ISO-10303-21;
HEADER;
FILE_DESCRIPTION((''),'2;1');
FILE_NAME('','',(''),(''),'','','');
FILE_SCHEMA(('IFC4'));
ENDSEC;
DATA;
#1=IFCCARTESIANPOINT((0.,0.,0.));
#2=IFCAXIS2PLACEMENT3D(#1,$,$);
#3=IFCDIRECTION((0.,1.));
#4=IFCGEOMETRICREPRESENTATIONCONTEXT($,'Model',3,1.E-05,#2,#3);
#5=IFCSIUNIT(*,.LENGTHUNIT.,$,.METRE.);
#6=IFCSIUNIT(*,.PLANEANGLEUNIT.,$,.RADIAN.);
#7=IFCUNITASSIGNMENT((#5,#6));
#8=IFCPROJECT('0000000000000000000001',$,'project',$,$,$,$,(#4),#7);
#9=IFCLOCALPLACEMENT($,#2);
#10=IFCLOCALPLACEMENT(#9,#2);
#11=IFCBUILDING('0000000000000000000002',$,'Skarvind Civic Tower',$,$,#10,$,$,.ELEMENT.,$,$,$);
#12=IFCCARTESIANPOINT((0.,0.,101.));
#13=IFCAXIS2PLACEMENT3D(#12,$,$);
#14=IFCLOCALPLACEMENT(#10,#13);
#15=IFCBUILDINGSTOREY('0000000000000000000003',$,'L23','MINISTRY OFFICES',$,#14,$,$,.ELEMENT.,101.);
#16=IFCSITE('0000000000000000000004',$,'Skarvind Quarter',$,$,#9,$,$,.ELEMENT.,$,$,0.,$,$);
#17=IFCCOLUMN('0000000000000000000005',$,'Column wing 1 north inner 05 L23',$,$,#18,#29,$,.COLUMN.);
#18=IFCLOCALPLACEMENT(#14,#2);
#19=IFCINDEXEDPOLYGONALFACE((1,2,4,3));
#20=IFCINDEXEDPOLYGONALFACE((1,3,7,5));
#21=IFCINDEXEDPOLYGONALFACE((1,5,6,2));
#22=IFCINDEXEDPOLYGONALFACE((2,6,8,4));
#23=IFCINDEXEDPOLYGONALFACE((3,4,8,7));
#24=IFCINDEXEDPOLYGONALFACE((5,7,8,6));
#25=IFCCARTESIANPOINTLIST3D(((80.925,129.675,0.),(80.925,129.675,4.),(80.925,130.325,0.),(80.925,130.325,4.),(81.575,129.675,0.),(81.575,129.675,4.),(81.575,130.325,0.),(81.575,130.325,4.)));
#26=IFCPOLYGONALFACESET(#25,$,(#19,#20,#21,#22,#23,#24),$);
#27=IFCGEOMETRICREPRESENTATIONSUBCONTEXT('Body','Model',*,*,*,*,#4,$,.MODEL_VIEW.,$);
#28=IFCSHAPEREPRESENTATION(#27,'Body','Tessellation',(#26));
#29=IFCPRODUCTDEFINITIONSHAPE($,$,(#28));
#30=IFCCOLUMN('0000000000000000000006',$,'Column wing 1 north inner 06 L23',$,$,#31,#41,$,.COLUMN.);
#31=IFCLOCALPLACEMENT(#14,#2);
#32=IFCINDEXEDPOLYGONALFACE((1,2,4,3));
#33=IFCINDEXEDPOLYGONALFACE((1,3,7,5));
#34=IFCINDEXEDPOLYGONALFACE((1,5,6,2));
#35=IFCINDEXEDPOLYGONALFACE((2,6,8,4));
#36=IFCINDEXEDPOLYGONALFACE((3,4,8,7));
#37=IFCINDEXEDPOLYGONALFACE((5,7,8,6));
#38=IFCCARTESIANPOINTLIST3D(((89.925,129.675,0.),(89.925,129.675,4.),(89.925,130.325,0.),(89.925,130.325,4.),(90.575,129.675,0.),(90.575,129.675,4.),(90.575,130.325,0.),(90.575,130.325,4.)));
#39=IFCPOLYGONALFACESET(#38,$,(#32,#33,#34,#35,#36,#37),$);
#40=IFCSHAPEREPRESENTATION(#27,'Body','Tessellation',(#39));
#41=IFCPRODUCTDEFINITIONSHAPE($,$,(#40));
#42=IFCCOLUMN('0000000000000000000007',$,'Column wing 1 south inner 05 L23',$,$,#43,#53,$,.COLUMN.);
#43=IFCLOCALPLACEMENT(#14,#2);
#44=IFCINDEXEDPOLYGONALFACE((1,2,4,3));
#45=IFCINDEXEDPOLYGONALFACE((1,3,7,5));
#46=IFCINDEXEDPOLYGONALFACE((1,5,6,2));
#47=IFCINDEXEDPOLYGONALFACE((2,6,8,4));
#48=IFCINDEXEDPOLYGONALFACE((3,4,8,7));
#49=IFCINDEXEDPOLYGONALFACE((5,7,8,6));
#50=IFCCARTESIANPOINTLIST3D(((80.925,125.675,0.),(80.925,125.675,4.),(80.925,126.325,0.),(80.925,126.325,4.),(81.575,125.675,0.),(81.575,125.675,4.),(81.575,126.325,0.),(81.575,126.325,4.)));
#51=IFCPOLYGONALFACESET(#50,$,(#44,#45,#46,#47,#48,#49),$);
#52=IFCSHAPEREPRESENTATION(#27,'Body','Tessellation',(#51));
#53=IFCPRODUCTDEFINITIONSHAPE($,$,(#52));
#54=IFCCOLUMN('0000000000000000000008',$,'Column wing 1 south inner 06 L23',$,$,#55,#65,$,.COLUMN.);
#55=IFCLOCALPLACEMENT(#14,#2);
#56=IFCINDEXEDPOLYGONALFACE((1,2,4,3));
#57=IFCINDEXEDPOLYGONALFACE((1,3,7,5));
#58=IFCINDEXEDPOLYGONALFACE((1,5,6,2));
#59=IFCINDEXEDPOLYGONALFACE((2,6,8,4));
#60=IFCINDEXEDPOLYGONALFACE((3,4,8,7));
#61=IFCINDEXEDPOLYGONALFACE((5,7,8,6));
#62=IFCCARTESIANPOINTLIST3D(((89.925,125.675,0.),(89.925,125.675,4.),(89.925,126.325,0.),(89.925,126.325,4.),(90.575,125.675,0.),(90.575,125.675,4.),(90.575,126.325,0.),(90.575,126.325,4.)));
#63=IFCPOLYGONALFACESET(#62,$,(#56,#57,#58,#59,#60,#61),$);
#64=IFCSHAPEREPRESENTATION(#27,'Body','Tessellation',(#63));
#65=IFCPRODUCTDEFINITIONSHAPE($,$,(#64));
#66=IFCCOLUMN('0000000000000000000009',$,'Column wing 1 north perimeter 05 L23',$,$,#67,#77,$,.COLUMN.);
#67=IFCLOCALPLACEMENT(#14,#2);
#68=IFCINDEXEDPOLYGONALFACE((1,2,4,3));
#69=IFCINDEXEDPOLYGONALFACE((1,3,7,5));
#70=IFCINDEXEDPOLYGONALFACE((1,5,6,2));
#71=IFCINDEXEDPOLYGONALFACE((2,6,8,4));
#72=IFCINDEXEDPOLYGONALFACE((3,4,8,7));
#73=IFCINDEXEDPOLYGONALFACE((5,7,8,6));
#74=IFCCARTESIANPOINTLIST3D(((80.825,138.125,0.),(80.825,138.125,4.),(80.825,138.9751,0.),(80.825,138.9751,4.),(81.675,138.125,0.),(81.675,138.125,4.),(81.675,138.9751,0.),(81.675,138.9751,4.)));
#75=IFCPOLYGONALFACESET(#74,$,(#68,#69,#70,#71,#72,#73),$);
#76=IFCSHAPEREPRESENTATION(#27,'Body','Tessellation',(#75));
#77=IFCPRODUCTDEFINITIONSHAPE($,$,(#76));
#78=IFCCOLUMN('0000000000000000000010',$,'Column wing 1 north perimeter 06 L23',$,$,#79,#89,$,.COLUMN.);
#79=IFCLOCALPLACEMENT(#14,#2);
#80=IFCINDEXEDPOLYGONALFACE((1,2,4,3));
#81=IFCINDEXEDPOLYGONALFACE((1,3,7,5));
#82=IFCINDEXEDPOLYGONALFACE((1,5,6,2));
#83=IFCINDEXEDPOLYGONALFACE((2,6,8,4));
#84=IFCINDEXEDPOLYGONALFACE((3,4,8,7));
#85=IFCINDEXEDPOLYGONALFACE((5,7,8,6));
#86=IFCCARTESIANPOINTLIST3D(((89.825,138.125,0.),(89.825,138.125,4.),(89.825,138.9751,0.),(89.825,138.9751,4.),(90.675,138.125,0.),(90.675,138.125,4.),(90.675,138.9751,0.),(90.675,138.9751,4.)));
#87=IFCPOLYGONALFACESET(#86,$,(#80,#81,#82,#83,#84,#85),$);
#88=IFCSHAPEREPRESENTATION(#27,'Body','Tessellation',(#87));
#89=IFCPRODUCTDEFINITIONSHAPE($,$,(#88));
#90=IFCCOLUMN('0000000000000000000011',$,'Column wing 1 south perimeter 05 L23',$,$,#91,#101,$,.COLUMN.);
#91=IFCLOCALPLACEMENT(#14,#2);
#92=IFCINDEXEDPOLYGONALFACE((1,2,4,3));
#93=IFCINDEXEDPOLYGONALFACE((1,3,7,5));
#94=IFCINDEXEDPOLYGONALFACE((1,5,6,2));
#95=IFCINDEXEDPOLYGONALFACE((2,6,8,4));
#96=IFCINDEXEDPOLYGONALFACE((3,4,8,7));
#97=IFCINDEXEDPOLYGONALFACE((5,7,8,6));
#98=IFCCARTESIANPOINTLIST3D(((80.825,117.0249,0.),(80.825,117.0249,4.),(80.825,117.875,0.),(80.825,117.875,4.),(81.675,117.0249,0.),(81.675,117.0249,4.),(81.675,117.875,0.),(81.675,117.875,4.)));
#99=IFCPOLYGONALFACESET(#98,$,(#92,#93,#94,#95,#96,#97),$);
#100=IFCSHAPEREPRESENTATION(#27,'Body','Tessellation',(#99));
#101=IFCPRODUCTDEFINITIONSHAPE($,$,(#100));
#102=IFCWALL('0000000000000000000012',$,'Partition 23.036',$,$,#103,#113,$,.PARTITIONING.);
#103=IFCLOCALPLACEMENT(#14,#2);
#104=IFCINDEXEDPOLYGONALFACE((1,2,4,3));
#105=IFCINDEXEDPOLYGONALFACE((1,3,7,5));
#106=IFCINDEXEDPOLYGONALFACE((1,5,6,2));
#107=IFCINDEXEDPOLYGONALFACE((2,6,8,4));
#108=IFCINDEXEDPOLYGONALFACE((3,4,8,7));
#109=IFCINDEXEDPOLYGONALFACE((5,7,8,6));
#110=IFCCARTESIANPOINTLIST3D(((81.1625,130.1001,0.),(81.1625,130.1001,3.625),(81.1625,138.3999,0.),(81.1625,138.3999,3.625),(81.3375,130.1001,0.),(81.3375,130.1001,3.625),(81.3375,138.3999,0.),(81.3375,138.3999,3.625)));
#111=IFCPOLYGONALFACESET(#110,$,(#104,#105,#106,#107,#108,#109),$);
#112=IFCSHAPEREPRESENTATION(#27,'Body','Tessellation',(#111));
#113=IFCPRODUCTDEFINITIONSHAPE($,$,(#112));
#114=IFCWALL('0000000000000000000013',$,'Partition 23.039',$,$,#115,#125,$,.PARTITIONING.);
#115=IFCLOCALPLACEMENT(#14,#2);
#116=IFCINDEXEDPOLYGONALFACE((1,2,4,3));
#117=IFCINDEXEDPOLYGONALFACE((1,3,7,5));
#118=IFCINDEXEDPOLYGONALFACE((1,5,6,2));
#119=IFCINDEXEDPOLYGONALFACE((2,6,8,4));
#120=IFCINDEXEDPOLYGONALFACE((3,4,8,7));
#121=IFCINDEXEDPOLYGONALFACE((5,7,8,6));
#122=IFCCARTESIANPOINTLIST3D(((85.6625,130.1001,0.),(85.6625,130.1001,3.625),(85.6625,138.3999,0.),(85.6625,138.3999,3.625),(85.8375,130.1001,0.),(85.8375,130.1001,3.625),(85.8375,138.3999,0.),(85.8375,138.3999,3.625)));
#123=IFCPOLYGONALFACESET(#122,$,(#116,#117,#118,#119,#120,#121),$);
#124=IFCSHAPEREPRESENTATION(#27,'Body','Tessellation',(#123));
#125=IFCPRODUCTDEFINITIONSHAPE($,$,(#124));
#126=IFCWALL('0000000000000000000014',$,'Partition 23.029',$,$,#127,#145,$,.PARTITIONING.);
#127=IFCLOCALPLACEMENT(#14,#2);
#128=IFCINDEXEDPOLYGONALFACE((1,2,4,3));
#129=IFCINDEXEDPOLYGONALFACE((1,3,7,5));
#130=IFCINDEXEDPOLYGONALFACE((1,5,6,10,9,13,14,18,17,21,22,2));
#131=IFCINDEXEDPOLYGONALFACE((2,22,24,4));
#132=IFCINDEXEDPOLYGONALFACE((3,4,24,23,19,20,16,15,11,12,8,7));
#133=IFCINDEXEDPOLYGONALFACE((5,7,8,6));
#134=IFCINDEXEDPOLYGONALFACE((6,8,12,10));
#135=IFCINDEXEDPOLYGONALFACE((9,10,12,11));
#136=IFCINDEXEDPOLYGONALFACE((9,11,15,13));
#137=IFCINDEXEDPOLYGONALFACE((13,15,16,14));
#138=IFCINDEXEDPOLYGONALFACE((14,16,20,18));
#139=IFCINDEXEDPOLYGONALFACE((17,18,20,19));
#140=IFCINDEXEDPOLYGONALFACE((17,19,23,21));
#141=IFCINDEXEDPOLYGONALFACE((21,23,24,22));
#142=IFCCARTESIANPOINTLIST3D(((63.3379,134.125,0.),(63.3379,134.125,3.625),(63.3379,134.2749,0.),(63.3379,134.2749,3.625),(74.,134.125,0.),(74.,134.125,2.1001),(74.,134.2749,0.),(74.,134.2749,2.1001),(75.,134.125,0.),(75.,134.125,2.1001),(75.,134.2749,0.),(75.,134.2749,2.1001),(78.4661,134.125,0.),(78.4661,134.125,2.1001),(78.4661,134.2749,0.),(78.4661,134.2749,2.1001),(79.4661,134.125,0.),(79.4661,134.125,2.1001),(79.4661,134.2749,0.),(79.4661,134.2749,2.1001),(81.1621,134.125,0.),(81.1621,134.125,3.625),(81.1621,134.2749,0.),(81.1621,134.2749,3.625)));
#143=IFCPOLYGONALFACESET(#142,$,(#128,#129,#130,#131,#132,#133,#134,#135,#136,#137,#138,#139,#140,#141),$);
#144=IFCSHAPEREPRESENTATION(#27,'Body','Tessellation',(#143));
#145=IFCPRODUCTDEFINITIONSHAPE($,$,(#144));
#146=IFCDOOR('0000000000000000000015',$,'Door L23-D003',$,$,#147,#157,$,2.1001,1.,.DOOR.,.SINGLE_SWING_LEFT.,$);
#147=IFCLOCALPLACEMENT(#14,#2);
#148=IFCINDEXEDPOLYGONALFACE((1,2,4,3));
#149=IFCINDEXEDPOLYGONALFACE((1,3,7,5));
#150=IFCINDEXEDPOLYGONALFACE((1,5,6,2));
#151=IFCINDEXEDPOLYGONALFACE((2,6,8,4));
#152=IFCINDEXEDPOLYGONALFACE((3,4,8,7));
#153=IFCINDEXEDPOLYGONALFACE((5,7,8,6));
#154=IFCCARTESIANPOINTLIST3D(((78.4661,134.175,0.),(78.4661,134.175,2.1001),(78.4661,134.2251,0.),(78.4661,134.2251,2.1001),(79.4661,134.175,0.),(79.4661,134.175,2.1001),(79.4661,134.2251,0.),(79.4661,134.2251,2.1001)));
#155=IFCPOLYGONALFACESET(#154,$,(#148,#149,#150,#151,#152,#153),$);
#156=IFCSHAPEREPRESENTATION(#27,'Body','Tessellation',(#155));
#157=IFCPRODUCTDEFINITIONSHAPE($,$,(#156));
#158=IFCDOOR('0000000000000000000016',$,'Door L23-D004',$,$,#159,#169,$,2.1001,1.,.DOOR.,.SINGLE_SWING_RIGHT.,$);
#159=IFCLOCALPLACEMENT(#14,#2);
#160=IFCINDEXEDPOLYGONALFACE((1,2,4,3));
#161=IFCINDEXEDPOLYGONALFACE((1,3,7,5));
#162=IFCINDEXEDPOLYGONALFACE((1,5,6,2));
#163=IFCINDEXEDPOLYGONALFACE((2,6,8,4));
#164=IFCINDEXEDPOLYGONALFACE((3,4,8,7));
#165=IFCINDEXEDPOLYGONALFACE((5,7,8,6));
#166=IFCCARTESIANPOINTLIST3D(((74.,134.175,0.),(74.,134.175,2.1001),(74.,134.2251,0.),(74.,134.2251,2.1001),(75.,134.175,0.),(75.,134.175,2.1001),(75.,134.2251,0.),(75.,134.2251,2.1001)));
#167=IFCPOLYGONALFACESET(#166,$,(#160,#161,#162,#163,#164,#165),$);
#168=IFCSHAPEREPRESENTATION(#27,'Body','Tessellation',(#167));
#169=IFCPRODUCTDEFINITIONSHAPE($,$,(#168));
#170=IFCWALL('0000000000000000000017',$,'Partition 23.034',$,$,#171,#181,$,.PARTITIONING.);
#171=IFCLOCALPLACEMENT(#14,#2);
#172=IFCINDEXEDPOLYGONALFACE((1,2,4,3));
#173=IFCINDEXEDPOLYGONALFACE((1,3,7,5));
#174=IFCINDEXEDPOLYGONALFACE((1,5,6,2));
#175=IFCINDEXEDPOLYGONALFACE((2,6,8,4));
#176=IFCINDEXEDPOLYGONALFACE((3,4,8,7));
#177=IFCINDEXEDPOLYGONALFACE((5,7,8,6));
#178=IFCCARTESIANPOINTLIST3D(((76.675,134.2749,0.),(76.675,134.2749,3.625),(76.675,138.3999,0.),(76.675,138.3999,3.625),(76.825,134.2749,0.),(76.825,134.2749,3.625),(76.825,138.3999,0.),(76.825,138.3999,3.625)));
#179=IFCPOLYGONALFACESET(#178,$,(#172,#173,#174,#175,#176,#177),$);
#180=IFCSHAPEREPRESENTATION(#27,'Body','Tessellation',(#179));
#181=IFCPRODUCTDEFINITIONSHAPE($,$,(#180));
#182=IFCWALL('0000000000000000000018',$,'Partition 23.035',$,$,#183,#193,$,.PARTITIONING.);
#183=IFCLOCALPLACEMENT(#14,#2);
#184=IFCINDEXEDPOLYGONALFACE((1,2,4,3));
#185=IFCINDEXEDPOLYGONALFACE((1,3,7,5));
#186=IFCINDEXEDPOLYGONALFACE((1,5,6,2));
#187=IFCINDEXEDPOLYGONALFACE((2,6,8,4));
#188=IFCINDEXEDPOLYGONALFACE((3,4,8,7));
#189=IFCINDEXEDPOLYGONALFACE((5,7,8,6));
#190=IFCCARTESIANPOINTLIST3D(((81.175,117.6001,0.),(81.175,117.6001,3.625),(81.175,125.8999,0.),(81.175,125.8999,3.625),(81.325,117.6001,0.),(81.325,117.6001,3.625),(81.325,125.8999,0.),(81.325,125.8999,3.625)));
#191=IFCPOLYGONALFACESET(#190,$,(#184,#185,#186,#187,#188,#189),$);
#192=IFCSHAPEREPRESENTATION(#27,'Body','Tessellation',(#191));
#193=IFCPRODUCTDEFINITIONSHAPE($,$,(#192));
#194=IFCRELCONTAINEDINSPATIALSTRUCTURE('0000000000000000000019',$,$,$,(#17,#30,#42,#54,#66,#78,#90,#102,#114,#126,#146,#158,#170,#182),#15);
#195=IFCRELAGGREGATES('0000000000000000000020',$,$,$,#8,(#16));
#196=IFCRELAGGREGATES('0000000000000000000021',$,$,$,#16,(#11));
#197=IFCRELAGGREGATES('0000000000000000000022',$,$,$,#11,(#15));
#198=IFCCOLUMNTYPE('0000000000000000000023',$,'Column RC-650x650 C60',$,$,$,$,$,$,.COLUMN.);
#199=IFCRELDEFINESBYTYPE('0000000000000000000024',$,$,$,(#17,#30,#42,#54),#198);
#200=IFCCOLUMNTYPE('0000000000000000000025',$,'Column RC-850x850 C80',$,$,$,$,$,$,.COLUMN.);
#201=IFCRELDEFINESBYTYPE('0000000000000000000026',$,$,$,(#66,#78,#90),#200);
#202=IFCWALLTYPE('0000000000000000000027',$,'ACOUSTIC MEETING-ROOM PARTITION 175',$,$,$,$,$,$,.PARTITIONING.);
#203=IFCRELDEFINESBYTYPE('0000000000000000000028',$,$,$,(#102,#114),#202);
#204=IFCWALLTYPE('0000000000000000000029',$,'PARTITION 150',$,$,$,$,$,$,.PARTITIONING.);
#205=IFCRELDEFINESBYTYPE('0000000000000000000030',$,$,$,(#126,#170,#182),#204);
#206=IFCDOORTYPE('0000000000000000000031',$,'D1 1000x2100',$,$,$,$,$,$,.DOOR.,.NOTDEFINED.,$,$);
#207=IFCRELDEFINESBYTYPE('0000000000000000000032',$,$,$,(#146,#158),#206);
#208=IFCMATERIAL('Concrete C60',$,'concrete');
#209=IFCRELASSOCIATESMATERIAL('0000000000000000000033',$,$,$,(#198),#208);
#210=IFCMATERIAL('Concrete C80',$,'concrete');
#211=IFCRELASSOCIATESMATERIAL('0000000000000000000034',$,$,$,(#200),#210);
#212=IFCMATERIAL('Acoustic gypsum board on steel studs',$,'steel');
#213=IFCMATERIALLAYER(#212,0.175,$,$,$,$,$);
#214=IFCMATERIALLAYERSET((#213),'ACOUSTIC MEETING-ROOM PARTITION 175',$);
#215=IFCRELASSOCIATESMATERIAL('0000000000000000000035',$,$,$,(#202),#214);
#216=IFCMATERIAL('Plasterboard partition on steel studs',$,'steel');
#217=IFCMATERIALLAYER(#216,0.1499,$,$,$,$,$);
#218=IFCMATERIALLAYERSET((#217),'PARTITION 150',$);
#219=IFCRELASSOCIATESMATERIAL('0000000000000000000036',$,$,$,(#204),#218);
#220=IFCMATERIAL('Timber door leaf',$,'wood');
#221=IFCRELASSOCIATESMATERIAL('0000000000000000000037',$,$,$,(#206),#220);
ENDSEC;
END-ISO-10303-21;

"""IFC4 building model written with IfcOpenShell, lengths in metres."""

from ifc_helpers import new_model, si_unit, direction, frame, frame_2d, origin, origin_2d, place, context, subcontext, project, spatial, rectangle, extrude, material, layer, layer_set, material_profile, profile_set, type_object, element, fill, save


model = new_model("IFC4")

# Units and contexts
model_context = context("Model", 3, precision=1e-05, world=origin(), true_north=direction((0.0, 1.0)))
body_context = subcontext(model_context, "Body", "Model", "MODEL_VIEW")
ifc_project = project(units=[si_unit("LENGTHUNIT", "METRE"), si_unit("PLANEANGLEUNIT", "RADIAN")], contexts=[model_context])

# Site, building, storey
site_placement = place(None, origin())
site = spatial("IfcSite", under=ifc_project, at=site_placement, Name="Skarvind Quarter", CompositionType="ELEMENT", RefElevation=0.0)
building_placement = place(site_placement, origin())
building = spatial("IfcBuilding", under=site, at=building_placement, Name="Skarvind Civic Tower", CompositionType="ELEMENT")
storey_placement = place(building_placement, frame((0.0, 0.0, 101.0)))
storey = spatial("IfcBuildingStorey", under=building, at=storey_placement, Name="L23", Description="MINISTRY OFFICES", CompositionType="ELEMENT", Elevation=101.0)

# Columns
ifc_material_1 = material(Name="Concrete C60", Category="concrete")
ifc_material_profile_1 = material_profile(ifc_material_1, rectangle(XDim=0.6499, YDim=0.6499, at=origin_2d()), Name="RC-650x650")
ifc_profile_set_1 = profile_set([ifc_material_profile_1], Name="Concrete C60")
column_type_1 = type_object("IfcColumnType", Name="Column RC-650x650 C60", PredefinedType="COLUMN", material=ifc_profile_set_1)
for number, where, z_axis, x_axis, name in (
    (1, (81.25, 130.0, 0.0), (0.0, 0.0, 1.0), (1.0, 0.0, 0.0), "Column wing 1 north inner 05 L23"),
    (2, (90.25, 130.0, 0.0), (0.0, 0.0, 1.0), (1.0, 0.0, 0.0), "Column wing 1 north inner 06 L23"),
    (3, (81.25, 126.0, 0.0), (0.0, 0.0, 1.0), (1.0, 0.0, 0.0), "Column wing 1 south inner 05 L23"),
    (4, (90.25, 126.0, 0.0), (0.0, 0.0, 1.0), (1.0, 0.0, 0.0), "Column wing 1 south inner 06 L23"),
):
    element("IfcColumn", number, at=place(storey_placement, frame(where, z_axis=z_axis, x_axis=x_axis)), inside=storey, type_object=column_type_1, Name=name, PredefinedType="COLUMN", context=body_context, shape_type="SweptSolid", body=[
        extrude(rectangle(XDim=0.6499, YDim=0.6499, at=origin_2d()), origin(), (0.0, 0.0, 1.0), 4.0),
    ])
ifc_material_2 = material(Name="Concrete C80", Category="concrete")
ifc_material_profile_2 = material_profile(ifc_material_2, rectangle(XDim=0.8501, YDim=0.8501, at=origin_2d()), Name="RC-850x850")
ifc_profile_set_2 = profile_set([ifc_material_profile_2], Name="Concrete C80")
column_type_2 = type_object("IfcColumnType", Name="Column RC-850x850 C80", PredefinedType="COLUMN", material=ifc_profile_set_2)
for number, where, z_axis, x_axis, name in (
    (5, (81.25, 138.55, 0.0), (0.0, 0.0, 1.0), (1.0, 0.0, 0.0), "Column wing 1 north perimeter 05 L23"),
    (6, (90.25, 138.55, 0.0), (0.0, 0.0, 1.0), (1.0, 0.0, 0.0), "Column wing 1 north perimeter 06 L23"),
    (7, (81.25, 117.45, 0.0), (0.0, 0.0, 1.0), (1.0, 0.0, 0.0), "Column wing 1 south perimeter 05 L23"),
):
    element("IfcColumn", number, at=place(storey_placement, frame(where, z_axis=z_axis, x_axis=x_axis)), inside=storey, type_object=column_type_2, Name=name, PredefinedType="COLUMN", context=body_context, shape_type="SweptSolid", body=[
        extrude(rectangle(XDim=0.8501, YDim=0.8501, at=origin_2d()), origin(), (0.0, 0.0, 1.0), 4.0),
    ])

# Walls
ifc_material_3 = material(Name="Acoustic gypsum board on steel studs", Category="steel")
ifc_layer_1 = layer(ifc_material_3, 0.175)
ifc_layer_set_1 = layer_set([ifc_layer_1], Name="ACOUSTIC MEETING-ROOM PARTITION 175")
wall_type_1 = type_object("IfcWallType", Name="ACOUSTIC MEETING-ROOM PARTITION 175", PredefinedType="PARTITIONING", material=ifc_layer_set_1)
for number, where, z_axis, x_axis, name in (
    (8, (81.25, 130.1001, 0.0), (0.0, 0.0, 1.0), (0.0, 1.0, 0.0), "Partition 23.036"),
    (9, (85.75, 130.1001, 0.0), (0.0, 0.0, 1.0), (0.0, 1.0, 0.0), "Partition 23.039"),
):
    element("IfcWall", number, at=place(storey_placement, frame(where, z_axis=z_axis, x_axis=x_axis)), inside=storey, type_object=wall_type_1, Name=name, PredefinedType="PARTITIONING", context=body_context, shape_type="SweptSolid", body=[
        extrude(rectangle(XDim=8.2998, YDim=0.175, at=frame_2d((4.1499, 0.0))), origin(), (0.0, 0.0, 1.0), 3.625),
    ])

# Wall, openings, doors
ifc_material_4 = material(Name="Plasterboard partition on steel studs", Category="steel")
ifc_layer_2 = layer(ifc_material_4, 0.1499)
ifc_layer_set_2 = layer_set([ifc_layer_2], Name="PARTITION 150")
wall_type_2 = type_object("IfcWallType", Name="PARTITION 150", PredefinedType="PARTITIONING", material=ifc_layer_set_2)
wall_1_placement = place(storey_placement, frame((81.1621, 134.2, 0.0), z_axis=(0.0, 0.0, 1.0), x_axis=(-1.0, 0.0, 0.0)))
wall_1 = element("IfcWall", 10, at=wall_1_placement, inside=storey, type_object=wall_type_2, Name="Partition 23.029", PredefinedType="PARTITIONING", context=body_context, shape_type="SweptSolid", body=[
    extrude(rectangle(XDim=17.8242, YDim=0.1499, at=frame_2d((8.9121, 0.0))), origin(), (0.0, 0.0, 1.0), 3.625),
])
opening_1_placement = place(wall_1_placement, frame((1.696, 0.0, 0.0)))
opening_1 = element("IfcOpeningElement", 11, at=opening_1_placement, cuts=wall_1, PredefinedType="OPENING", context=body_context, shape_type="SweptSolid", body=[
    extrude(rectangle(XDim=1.0, YDim=2.1001, at=frame_2d((0.5, 1.05))), frame((0.0, 0.085, 0.0), z_axis=(0.0, -1.0, 0.0), x_axis=(1.0, 0.0, 0.0)), (0.0, 0.0, 1.0), 0.1699),
])
opening_2_placement = place(wall_1_placement, frame((6.1621, 0.0, 0.0)))
opening_2 = element("IfcOpeningElement", 12, at=opening_2_placement, cuts=wall_1, PredefinedType="OPENING", context=body_context, shape_type="SweptSolid", body=[
    extrude(rectangle(XDim=1.0, YDim=2.1001, at=frame_2d((0.5, 1.05))), frame((0.0, 0.085, 0.0), z_axis=(0.0, -1.0, 0.0), x_axis=(1.0, 0.0, 0.0)), (0.0, 0.0, 1.0), 0.1699),
])
ifc_material_5 = material(Name="Timber door leaf", Category="wood")
door_type = type_object("IfcDoorType", Name="D1 1000x2100", OperationType="NOTDEFINED", PredefinedType="DOOR", material=ifc_material_5)
door_1_placement = place(opening_1_placement, origin())
door_1 = element("IfcDoor", 13, at=door_1_placement, inside=storey, type_object=door_type, Name="Door L23-D003", OperationType="SINGLE_SWING_LEFT", OverallHeight=2.1001, OverallWidth=1.0, PredefinedType="DOOR", context=body_context, shape_type="SweptSolid", body=[
    extrude(rectangle(XDim=1.0, YDim=2.1001, at=frame_2d((0.5, 1.05))), frame((0.0, 0.0249, 0.0), z_axis=(0.0, -1.0, 0.0), x_axis=(1.0, 0.0, 0.0)), (0.0, 0.0, 1.0), 0.05),
])
fill(opening_1, door_1)
door_2_placement = place(opening_2_placement, origin())
door_2 = element("IfcDoor", 14, at=door_2_placement, inside=storey, type_object=door_type, Name="Door L23-D004", OperationType="SINGLE_SWING_RIGHT", OverallHeight=2.1001, OverallWidth=1.0, PredefinedType="DOOR", context=body_context, shape_type="SweptSolid", body=[
    extrude(rectangle(XDim=1.0, YDim=2.1001, at=frame_2d((0.5, 1.05))), frame((0.0, 0.0249, 0.0), z_axis=(0.0, -1.0, 0.0), x_axis=(1.0, 0.0, 0.0)), (0.0, 0.0, 1.0), 0.05),
])
fill(opening_2, door_2)

# Walls
wall_2_placement = place(storey_placement, frame((76.75, 134.2749, 0.0), z_axis=(0.0, 0.0, 1.0), x_axis=(0.0, 1.0, 0.0)))
element("IfcWall", 15, at=wall_2_placement, inside=storey, type_object=wall_type_2, Name="Partition 23.034", PredefinedType="PARTITIONING", context=body_context, shape_type="SweptSolid", body=[
    extrude(rectangle(XDim=4.125, YDim=0.1499, at=frame_2d((2.0625, 0.0))), origin(), (0.0, 0.0, 1.0), 3.625),
])
wall_3_placement = place(storey_placement, frame((81.25, 117.6001, 0.0), z_axis=(0.0, 0.0, 1.0), x_axis=(0.0, 1.0, 0.0)))
element("IfcWall", 16, at=wall_3_placement, inside=storey, type_object=wall_type_2, Name="Partition 23.035", PredefinedType="PARTITIONING", context=body_context, shape_type="SweptSolid", body=[
    extrude(rectangle(XDim=8.2998, YDim=0.1499, at=frame_2d((4.1499, 0.0))), origin(), (0.0, 0.0, 1.0), 3.625),
])

save(model, "model.ifc")
